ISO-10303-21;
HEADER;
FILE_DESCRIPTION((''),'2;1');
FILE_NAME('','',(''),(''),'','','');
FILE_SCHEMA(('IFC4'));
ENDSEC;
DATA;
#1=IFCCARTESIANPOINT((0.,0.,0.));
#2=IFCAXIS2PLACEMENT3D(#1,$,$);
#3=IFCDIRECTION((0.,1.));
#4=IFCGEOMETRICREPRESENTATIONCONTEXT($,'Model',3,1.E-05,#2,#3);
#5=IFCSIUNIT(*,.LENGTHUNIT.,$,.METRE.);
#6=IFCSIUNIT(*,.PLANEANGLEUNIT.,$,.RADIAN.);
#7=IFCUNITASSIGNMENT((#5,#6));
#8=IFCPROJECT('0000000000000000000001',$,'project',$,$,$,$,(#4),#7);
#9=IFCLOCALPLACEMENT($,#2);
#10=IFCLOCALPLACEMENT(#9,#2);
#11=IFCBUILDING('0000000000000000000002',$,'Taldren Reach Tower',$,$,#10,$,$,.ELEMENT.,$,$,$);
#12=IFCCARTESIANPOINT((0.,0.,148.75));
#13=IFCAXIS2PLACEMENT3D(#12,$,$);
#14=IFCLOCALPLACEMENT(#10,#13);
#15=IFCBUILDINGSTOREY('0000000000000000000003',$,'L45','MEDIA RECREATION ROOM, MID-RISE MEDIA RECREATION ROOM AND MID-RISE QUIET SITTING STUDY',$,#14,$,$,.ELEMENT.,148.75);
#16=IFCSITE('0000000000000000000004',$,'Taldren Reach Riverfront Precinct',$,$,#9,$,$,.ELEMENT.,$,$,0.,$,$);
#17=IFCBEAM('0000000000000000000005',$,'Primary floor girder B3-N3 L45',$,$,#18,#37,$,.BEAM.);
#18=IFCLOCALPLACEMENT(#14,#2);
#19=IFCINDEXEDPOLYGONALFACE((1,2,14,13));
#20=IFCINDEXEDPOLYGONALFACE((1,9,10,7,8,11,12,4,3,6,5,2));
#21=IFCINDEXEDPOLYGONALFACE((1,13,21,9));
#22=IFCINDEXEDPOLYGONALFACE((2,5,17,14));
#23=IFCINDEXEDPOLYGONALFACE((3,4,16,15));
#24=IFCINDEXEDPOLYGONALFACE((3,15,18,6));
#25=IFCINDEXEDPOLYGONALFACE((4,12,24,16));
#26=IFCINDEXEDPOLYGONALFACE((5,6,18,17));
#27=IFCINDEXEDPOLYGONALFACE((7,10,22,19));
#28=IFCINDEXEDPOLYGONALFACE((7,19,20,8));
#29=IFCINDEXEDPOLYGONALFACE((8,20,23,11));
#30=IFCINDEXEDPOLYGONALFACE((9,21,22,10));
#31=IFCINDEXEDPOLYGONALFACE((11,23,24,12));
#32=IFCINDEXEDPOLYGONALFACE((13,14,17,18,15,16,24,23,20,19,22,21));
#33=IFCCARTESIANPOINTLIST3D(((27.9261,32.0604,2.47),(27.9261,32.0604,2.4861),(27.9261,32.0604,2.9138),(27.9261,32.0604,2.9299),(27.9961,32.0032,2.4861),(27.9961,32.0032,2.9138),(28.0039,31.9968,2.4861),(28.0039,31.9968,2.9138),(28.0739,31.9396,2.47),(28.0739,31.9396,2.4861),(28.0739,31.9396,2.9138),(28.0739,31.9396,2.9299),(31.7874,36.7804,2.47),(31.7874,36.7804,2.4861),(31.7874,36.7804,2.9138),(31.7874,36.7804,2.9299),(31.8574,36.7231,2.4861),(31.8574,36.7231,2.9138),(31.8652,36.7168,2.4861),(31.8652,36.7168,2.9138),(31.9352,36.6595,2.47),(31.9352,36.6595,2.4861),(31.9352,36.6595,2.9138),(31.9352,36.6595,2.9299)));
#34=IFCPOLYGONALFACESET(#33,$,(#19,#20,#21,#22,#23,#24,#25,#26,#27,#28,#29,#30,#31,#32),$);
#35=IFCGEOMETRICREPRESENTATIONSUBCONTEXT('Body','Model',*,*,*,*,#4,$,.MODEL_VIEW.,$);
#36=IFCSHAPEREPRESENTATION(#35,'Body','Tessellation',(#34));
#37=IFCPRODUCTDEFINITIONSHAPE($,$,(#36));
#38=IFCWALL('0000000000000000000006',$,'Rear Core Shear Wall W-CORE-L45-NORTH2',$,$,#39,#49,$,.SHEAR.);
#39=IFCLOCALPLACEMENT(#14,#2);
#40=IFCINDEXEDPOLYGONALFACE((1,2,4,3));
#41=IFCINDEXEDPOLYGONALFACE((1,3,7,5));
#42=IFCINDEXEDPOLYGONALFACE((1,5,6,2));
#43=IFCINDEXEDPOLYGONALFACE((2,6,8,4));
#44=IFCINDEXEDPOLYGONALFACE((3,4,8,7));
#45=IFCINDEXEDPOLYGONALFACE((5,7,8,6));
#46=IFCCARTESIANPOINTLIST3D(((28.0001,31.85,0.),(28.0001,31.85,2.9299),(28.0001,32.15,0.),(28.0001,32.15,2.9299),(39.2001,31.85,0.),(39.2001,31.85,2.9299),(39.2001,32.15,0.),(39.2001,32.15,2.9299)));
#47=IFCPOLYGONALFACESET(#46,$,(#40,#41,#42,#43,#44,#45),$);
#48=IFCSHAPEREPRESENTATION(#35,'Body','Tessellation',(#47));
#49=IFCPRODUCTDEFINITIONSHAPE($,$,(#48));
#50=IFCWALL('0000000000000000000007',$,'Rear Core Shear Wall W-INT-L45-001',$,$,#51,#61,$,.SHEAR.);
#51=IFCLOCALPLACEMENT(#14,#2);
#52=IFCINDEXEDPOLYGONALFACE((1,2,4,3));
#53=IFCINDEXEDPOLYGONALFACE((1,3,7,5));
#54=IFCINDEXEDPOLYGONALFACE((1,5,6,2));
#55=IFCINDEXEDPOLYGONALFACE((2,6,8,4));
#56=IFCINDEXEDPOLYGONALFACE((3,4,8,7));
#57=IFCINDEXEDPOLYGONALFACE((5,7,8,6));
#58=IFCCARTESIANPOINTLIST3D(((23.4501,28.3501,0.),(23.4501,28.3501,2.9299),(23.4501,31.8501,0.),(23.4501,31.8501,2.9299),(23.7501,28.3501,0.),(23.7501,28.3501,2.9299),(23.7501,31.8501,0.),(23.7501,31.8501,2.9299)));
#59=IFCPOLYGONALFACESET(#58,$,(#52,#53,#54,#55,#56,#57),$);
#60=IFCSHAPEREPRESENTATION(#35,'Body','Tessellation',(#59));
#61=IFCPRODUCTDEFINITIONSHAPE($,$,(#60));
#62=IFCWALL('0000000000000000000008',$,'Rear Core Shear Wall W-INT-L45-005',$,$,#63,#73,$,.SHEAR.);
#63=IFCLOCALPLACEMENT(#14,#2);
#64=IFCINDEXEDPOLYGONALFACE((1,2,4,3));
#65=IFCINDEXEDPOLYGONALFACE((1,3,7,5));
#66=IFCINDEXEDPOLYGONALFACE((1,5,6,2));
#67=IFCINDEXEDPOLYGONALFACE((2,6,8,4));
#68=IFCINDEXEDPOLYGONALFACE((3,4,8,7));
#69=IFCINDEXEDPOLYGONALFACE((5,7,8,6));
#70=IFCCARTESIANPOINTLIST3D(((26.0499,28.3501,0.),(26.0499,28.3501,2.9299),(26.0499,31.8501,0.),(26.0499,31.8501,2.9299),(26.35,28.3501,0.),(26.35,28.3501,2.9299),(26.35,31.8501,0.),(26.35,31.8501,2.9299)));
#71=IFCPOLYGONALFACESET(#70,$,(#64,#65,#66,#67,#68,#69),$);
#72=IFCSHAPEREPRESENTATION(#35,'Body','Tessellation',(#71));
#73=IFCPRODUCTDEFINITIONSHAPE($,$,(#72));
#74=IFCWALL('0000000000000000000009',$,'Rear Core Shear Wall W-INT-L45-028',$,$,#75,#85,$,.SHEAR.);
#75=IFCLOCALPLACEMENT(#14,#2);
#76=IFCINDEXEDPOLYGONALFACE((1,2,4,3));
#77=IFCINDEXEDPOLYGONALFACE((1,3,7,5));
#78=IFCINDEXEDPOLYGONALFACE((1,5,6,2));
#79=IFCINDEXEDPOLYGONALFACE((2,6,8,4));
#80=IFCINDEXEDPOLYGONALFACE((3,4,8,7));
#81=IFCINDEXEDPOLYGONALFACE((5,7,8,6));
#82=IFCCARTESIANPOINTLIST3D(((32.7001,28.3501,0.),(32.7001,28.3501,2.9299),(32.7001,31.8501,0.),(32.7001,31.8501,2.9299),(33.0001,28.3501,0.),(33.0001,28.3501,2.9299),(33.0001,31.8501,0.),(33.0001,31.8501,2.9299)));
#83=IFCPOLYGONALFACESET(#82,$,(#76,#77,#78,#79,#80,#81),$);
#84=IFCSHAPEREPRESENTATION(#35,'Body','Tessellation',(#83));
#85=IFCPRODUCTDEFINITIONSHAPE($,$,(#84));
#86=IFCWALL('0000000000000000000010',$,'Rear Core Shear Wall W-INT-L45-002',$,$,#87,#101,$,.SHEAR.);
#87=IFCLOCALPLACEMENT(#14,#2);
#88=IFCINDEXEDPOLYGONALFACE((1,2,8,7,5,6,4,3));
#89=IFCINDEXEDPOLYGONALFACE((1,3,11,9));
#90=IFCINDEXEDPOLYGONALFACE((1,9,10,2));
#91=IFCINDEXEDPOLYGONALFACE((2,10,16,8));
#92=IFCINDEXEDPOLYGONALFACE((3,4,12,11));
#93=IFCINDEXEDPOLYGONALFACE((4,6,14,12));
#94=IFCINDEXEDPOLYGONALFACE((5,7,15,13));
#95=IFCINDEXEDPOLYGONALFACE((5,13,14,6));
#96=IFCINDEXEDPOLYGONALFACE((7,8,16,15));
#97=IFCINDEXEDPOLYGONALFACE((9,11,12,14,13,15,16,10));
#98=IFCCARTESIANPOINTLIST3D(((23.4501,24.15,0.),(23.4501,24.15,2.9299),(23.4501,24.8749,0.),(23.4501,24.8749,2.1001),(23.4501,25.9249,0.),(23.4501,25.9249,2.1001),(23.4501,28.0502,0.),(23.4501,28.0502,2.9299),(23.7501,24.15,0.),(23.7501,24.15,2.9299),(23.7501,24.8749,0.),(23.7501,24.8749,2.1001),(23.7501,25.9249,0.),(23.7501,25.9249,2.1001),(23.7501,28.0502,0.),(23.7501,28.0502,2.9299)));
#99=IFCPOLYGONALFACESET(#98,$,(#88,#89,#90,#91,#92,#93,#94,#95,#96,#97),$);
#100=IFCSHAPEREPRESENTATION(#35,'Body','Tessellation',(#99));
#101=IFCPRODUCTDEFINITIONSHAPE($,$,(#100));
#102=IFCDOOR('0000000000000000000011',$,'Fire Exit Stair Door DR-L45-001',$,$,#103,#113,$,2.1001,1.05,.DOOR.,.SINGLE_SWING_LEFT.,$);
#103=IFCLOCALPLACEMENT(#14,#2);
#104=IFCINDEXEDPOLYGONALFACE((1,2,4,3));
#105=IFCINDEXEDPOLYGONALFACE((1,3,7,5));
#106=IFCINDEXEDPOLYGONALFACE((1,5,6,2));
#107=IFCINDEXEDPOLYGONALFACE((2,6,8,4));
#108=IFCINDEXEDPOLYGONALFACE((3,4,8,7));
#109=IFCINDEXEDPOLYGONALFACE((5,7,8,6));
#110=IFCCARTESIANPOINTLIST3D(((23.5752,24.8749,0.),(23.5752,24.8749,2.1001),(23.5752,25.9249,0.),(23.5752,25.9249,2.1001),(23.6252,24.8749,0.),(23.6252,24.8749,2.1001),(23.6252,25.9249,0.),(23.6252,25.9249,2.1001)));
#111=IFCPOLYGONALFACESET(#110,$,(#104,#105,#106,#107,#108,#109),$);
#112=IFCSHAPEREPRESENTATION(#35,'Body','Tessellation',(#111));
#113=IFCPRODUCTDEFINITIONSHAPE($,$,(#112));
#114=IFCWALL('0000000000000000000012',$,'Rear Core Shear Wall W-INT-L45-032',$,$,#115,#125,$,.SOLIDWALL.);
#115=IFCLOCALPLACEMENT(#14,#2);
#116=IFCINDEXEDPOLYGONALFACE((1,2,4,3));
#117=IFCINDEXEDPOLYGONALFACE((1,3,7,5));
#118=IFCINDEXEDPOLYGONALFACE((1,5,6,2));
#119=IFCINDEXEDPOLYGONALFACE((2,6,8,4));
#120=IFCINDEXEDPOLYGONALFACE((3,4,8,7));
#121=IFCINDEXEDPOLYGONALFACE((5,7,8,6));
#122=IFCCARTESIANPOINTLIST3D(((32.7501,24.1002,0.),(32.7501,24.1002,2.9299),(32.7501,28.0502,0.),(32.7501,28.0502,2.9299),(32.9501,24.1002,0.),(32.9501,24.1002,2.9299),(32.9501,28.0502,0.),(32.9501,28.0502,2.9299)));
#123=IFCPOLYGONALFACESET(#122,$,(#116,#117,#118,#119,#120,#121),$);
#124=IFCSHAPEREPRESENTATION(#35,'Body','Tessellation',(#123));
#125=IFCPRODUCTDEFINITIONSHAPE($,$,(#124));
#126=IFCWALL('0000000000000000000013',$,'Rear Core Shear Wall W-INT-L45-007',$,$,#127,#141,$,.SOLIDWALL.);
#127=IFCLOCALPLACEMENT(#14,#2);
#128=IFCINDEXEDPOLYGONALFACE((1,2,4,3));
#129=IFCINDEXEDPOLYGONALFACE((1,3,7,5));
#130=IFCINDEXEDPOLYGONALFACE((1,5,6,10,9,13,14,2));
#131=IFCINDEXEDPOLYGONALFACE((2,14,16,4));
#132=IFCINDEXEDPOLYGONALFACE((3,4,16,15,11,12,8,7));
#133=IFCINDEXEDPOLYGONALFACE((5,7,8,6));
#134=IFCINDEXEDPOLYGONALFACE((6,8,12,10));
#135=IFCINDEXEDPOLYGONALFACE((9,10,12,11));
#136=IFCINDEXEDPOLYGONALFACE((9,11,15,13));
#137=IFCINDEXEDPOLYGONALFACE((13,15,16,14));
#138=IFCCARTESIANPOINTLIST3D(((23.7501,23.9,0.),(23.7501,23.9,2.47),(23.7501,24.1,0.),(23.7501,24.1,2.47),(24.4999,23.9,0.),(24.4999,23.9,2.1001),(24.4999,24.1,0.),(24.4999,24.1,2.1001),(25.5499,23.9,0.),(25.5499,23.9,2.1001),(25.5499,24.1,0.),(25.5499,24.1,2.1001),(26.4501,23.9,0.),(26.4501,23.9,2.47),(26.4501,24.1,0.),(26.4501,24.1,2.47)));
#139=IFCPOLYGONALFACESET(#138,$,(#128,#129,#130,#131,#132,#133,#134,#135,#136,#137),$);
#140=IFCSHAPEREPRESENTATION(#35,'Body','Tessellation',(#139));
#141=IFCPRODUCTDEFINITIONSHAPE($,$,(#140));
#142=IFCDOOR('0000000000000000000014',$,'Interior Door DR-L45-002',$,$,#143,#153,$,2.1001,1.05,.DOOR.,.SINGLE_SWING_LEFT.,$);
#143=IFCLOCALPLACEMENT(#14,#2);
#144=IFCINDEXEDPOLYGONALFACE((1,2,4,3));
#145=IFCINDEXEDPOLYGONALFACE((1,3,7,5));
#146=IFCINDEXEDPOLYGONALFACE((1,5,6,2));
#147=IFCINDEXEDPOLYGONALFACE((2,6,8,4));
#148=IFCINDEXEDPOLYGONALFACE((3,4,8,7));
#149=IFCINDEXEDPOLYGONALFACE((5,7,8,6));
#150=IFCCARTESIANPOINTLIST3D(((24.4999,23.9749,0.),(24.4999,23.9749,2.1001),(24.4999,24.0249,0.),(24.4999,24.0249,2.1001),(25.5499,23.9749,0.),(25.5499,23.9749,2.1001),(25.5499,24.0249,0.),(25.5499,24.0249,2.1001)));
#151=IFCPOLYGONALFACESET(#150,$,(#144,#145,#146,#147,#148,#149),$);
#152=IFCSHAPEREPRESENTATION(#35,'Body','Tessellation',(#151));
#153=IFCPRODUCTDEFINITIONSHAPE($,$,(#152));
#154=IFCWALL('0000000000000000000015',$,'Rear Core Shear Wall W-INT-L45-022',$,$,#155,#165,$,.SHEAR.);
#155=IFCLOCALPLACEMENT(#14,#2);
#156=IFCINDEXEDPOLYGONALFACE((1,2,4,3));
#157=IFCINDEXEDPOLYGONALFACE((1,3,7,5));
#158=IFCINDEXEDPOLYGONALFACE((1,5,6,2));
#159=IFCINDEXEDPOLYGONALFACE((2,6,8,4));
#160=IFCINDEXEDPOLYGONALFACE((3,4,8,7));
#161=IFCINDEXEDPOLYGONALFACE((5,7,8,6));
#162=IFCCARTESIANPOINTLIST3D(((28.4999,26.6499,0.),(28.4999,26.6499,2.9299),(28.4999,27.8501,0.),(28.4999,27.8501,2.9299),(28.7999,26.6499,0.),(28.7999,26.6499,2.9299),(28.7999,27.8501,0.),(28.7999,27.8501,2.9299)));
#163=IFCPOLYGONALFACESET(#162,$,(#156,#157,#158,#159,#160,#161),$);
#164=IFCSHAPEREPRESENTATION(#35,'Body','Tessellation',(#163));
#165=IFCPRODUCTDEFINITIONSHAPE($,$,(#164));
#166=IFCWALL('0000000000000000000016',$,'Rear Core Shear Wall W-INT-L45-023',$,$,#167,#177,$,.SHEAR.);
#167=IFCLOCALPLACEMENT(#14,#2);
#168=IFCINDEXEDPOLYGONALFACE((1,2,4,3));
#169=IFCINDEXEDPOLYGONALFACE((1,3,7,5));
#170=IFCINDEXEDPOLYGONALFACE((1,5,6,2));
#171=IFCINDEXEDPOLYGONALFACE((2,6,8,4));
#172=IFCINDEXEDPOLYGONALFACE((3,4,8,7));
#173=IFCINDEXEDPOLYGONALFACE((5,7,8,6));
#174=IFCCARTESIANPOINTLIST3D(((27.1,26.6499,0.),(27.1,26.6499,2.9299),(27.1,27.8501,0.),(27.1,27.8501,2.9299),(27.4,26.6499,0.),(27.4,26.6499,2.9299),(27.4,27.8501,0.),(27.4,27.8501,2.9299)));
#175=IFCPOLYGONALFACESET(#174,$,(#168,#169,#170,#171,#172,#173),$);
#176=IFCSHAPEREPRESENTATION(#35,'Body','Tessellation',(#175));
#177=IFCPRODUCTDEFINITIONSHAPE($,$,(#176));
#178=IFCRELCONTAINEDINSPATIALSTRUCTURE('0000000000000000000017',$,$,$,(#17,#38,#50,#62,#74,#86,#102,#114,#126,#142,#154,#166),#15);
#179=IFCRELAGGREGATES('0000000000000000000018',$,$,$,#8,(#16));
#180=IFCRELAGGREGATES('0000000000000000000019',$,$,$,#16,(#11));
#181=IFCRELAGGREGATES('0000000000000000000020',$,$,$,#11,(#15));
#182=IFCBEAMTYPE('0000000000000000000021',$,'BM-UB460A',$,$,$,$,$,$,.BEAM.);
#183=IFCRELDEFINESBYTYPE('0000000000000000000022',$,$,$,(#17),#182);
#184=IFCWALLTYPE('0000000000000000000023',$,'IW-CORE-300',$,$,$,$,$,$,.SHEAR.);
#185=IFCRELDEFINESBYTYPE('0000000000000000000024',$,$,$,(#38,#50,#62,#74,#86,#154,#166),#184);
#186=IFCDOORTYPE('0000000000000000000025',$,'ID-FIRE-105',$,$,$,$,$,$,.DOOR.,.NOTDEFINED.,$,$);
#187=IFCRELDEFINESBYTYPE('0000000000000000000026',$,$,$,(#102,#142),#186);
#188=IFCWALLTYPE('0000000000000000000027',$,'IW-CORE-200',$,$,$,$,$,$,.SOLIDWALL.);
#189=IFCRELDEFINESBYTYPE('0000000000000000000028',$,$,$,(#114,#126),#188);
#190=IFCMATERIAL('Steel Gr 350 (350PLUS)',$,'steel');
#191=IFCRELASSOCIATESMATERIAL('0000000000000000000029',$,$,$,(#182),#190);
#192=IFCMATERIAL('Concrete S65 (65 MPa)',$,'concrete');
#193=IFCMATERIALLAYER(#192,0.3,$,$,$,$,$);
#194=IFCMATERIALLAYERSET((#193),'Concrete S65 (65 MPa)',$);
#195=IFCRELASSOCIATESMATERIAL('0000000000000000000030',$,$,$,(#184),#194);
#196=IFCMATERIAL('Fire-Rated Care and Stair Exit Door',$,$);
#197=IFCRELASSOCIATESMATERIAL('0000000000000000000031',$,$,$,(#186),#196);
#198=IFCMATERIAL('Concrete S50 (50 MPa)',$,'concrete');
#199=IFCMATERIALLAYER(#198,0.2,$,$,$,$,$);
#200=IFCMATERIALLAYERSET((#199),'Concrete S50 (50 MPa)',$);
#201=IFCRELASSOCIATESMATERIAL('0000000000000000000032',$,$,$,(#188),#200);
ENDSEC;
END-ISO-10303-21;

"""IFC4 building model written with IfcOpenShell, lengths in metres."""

from ifc_helpers import new_model, si_unit, direction, frame, frame_2d, origin, origin_2d, place, context, subcontext, project, spatial, rectangle, i_section, extrude, source, transform, mapped, material, layer, layer_set, material_profile, profile_set, type_object, element, fill, save


model = new_model("IFC4")

# Units and contexts
model_context = context("Model", 3, precision=1e-05, world=origin(), true_north=direction((0.0, 1.0)))
body_context = subcontext(model_context, "Body", "Model", "MODEL_VIEW")
ifc_project = project(units=[si_unit("LENGTHUNIT", "METRE"), si_unit("PLANEANGLEUNIT", "RADIAN")], contexts=[model_context])

# Site, building, storey
site_placement = place(None, origin())
site = spatial("IfcSite", under=ifc_project, at=site_placement, Name="Taldren Reach Riverfront Precinct", CompositionType="ELEMENT", RefElevation=0.0)
building_placement = place(site_placement, origin())
building = spatial("IfcBuilding", under=site, at=building_placement, Name="Taldren Reach Tower", CompositionType="ELEMENT")
storey_placement = place(building_placement, frame((0.0, 0.0, 148.75)))
storey = spatial("IfcBuildingStorey", under=building, at=storey_placement, Name="L45", Description="MEDIA RECREATION ROOM, MID-RISE MEDIA RECREATION ROOM AND MID-RISE QUIET SITTING STUDY", CompositionType="ELEMENT", Elevation=148.75)

# Shared definitions
ifc_material_1 = material(Name="Steel Gr 350 (350PLUS)", Category="steel")

# Beam
ifc_material_profile_1 = material_profile(ifc_material_1, i_section(OverallWidth=0.1909, OverallDepth=0.46, WebThickness=0.01, FlangeThickness=0.0161, at=origin_2d()), Name="460UB82.1")
ifc_profile_set_1 = profile_set([ifc_material_profile_1], Name="Steel Gr 350 (350PLUS)")
beam_type_1 = type_object("IfcBeamType", Name="BM-UB460A", PredefinedType="BEAM", material=ifc_profile_set_1)
shared_shape_1 = source(origin(), body_context, "Body", "SweptSolid", [
    extrude(i_section(OverallWidth=0.1909, OverallDepth=0.46, WebThickness=0.01, FlangeThickness=0.0161, at=origin_2d()), origin(), (0.0, 0.0, 1.0), 6.0981),
])
beam_1_placement = place(storey_placement, frame((28.0, 32.0, 2.7), z_axis=(0.633192, 0.773995, 0.0), x_axis=(-0.773995, 0.633192, 0.0)))
element("IfcBeam", 1, at=beam_1_placement, inside=storey, type_object=beam_type_1, Name="Primary floor girder B3-N3 L45", PredefinedType="BEAM", context=body_context, shape_type="MappedRepresentation", body=[
    mapped(shared_shape_1, transform((0.0, 0.0, 0.0), scale=1.0)),
])

# Walls
ifc_material_2 = material(Name="Concrete S65 (65 MPa)", Category="concrete")
ifc_layer_1 = layer(ifc_material_2, 0.3)
ifc_layer_set_1 = layer_set([ifc_layer_1], Name="Concrete S65 (65 MPa)")
wall_type_1 = type_object("IfcWallType", Name="IW-CORE-300", PredefinedType="SHEAR", material=ifc_layer_set_1)
shared_shape_2 = source(origin(), body_context, "Body", "SweptSolid", [
    extrude(rectangle(XDim=11.2, YDim=0.3, at=frame_2d((5.6001, 0.0))), origin(), (0.0, 0.0, 1.0), 2.9299),
])
wall_1_placement = place(storey_placement, frame((28.0, 32.0, 0.0), z_axis=(0.0, 0.0, 1.0), x_axis=(1.0, 0.0, 0.0)))
element("IfcWall", 2, at=wall_1_placement, inside=storey, type_object=wall_type_1, Name="Rear Core Shear Wall W-CORE-L45-NORTH2", PredefinedType="SHEAR", context=body_context, shape_type="MappedRepresentation", body=[
    mapped(shared_shape_2, transform((0.0, 0.0, 0.0), scale=1.0)),
])
shared_shape_3 = source(origin(), body_context, "Body", "SweptSolid", [
    extrude(rectangle(XDim=3.5, YDim=0.3, at=frame_2d((1.75, 0.0))), origin(), (0.0, 0.0, 1.0), 2.9299),
])
for number, where, z_axis, x_axis, name in (
    (3, (23.6001, 28.3501, 0.0), (0.0, 0.0, 1.0), (0.0, 1.0, 0.0), "Rear Core Shear Wall W-INT-L45-001"),
    (4, (26.2, 28.3501, 0.0), (0.0, 0.0, 1.0), (0.0, 1.0, 0.0), "Rear Core Shear Wall W-INT-L45-005"),
    (5, (32.8501, 31.8501, 0.0), (0.0, 0.0, 1.0), (0.0, -1.0, 0.0), "Rear Core Shear Wall W-INT-L45-028"),
):
    element("IfcWall", number, at=place(storey_placement, frame(where, z_axis=z_axis, x_axis=x_axis)), inside=storey, type_object=wall_type_1, Name=name, PredefinedType="SHEAR", context=body_context, shape_type="MappedRepresentation", body=[
        mapped(shared_shape_3, transform((0.0, 0.0, 0.0), scale=1.0)),
    ])

# Wall, opening, door
shared_shape_4 = source(origin(), body_context, "Body", "SweptSolid", [
    extrude(rectangle(XDim=3.9001, YDim=0.3, at=frame_2d((1.9502, 0.0))), origin(), (0.0, 0.0, 1.0), 2.9299),
])
wall_2_placement = place(storey_placement, frame((23.6001, 24.1499, 0.0), z_axis=(0.0, 0.0, 1.0), x_axis=(0.0, 1.0, 0.0)))
wall_2 = element("IfcWall", 6, at=wall_2_placement, inside=storey, type_object=wall_type_1, Name="Rear Core Shear Wall W-INT-L45-002", PredefinedType="SHEAR", context=body_context, shape_type="MappedRepresentation", body=[
    mapped(shared_shape_4, transform((0.0, 0.0, 0.0), scale=1.0)),
])
shared_shape_5 = source(origin(), body_context, "Body", "SweptSolid", [
    extrude(rectangle(XDim=1.05, YDim=2.1001, at=frame_2d((0.5249, 1.05))), frame((0.0, 0.1602, 0.0), z_axis=(0.0, -1.0, 0.0), x_axis=(1.0, 0.0, 0.0)), (0.0, 0.0, 1.0), 0.3201),
])
opening_1_placement = place(wall_2_placement, frame((0.7251, 0.0, 0.0)))
opening_1 = element("IfcOpeningElement", 7, at=opening_1_placement, cuts=wall_2, PredefinedType="OPENING", context=body_context, shape_type="MappedRepresentation", body=[
    mapped(shared_shape_5, transform((0.0, 0.0, 0.0), scale=1.0)),
])
ifc_material_3 = material(Name="Fire-Rated Care and Stair Exit Door")
door_type_1 = type_object("IfcDoorType", Name="ID-FIRE-105", OperationType="NOTDEFINED", PredefinedType="DOOR", material=ifc_material_3)
shared_shape_6 = source(origin(), body_context, "Body", "SweptSolid", [
    extrude(rectangle(XDim=1.05, YDim=2.1001, at=frame_2d((0.5249, 1.05))), frame((0.0, 0.0249, 0.0), z_axis=(0.0, -1.0, 0.0), x_axis=(1.0, 0.0, 0.0)), (0.0, 0.0, 1.0), 0.05),
])
door_1_placement = place(opening_1_placement, origin())
door_1 = element("IfcDoor", 8, at=door_1_placement, inside=storey, type_object=door_type_1, Name="Fire Exit Stair Door DR-L45-001", OperationType="SINGLE_SWING_LEFT", OverallHeight=2.1001, OverallWidth=1.05, PredefinedType="DOOR", context=body_context, shape_type="MappedRepresentation", body=[
    mapped(shared_shape_6, transform((0.0, 0.0, 0.0), scale=1.0)),
])
fill(opening_1, door_1)

# Wall
ifc_material_4 = material(Name="Concrete S50 (50 MPa)", Category="concrete")
ifc_layer_2 = layer(ifc_material_4, 0.2)
ifc_layer_set_2 = layer_set([ifc_layer_2], Name="Concrete S50 (50 MPa)")
wall_type_2 = type_object("IfcWallType", Name="IW-CORE-200", PredefinedType="SOLIDWALL", material=ifc_layer_set_2)
shared_shape_7 = source(origin(), body_context, "Body", "SweptSolid", [
    extrude(rectangle(XDim=3.95, YDim=0.2, at=frame_2d((1.9751, 0.0))), origin(), (0.0, 0.0, 1.0), 2.9299),
])
wall_3_placement = place(storey_placement, frame((32.8501, 24.1001, 0.0), z_axis=(0.0, 0.0, 1.0), x_axis=(0.0, 1.0, 0.0)))
element("IfcWall", 9, at=wall_3_placement, inside=storey, type_object=wall_type_2, Name="Rear Core Shear Wall W-INT-L45-032", PredefinedType="SOLIDWALL", context=body_context, shape_type="MappedRepresentation", body=[
    mapped(shared_shape_7, transform((0.0, 0.0, 0.0), scale=1.0)),
])

# Wall, opening, door
shared_shape_8 = source(origin(), body_context, "Body", "SweptSolid", [
    extrude(rectangle(XDim=2.7, YDim=0.2, at=frame_2d((1.3501, 0.0))), origin(), (0.0, 0.0, 1.0), 2.47),
])
wall_4_placement = place(storey_placement, frame((23.75, 24.0, 0.0), z_axis=(0.0, 0.0, 1.0), x_axis=(1.0, 0.0, 0.0)))
wall_4 = element("IfcWall", 10, at=wall_4_placement, inside=storey, type_object=wall_type_2, Name="Rear Core Shear Wall W-INT-L45-007", PredefinedType="SOLIDWALL", context=body_context, shape_type="MappedRepresentation", body=[
    mapped(shared_shape_8, transform((0.0, 0.0, 0.0), scale=1.0)),
])
shared_shape_9 = source(origin(), body_context, "Body", "SweptSolid", [
    extrude(rectangle(XDim=1.05, YDim=2.1001, at=frame_2d((0.5249, 1.05))), frame((0.0, 0.1099, 0.0), z_axis=(0.0, -1.0, 0.0), x_axis=(1.0, 0.0, 0.0)), (0.0, 0.0, 1.0), 0.22),
])
opening_2_placement = place(wall_4_placement, frame((0.75, 0.0, 0.0)))
opening_2 = element("IfcOpeningElement", 11, at=opening_2_placement, cuts=wall_4, PredefinedType="OPENING", context=body_context, shape_type="MappedRepresentation", body=[
    mapped(shared_shape_9, transform((0.0, 0.0, 0.0), scale=1.0)),
])
door_2_placement = place(opening_2_placement, origin())
door_2 = element("IfcDoor", 12, at=door_2_placement, inside=storey, type_object=door_type_1, Name="Interior Door DR-L45-002", OperationType="SINGLE_SWING_LEFT", OverallHeight=2.1001, OverallWidth=1.05, PredefinedType="DOOR", context=body_context, shape_type="MappedRepresentation", body=[
    mapped(shared_shape_6, transform((0.0, 0.0, 0.0), scale=1.0)),
])
fill(opening_2, door_2)

# Walls
shared_shape_10 = source(origin(), body_context, "Body", "SweptSolid", [
    extrude(rectangle(XDim=1.2002, YDim=0.3, at=frame_2d((0.6001, 0.0))), origin(), (0.0, 0.0, 1.0), 2.9299),
])
for number, where, z_axis, x_axis, name in (
    (13, (28.6499, 26.6499, 0.0), (0.0, 0.0, 1.0), (0.0, 1.0, 0.0), "Rear Core Shear Wall W-INT-L45-022"),
    (14, (27.25, 27.8501, 0.0), (0.0, 0.0, 1.0), (0.0, -1.0, 0.0), "Rear Core Shear Wall W-INT-L45-023"),
):
    element("IfcWall", number, at=place(storey_placement, frame(where, z_axis=z_axis, x_axis=x_axis)), inside=storey, type_object=wall_type_1, Name=name, PredefinedType="SHEAR", context=body_context, shape_type="MappedRepresentation", body=[
        mapped(shared_shape_10, transform((0.0, 0.0, 0.0), scale=1.0)),
    ])

save(model, "model.ifc")
